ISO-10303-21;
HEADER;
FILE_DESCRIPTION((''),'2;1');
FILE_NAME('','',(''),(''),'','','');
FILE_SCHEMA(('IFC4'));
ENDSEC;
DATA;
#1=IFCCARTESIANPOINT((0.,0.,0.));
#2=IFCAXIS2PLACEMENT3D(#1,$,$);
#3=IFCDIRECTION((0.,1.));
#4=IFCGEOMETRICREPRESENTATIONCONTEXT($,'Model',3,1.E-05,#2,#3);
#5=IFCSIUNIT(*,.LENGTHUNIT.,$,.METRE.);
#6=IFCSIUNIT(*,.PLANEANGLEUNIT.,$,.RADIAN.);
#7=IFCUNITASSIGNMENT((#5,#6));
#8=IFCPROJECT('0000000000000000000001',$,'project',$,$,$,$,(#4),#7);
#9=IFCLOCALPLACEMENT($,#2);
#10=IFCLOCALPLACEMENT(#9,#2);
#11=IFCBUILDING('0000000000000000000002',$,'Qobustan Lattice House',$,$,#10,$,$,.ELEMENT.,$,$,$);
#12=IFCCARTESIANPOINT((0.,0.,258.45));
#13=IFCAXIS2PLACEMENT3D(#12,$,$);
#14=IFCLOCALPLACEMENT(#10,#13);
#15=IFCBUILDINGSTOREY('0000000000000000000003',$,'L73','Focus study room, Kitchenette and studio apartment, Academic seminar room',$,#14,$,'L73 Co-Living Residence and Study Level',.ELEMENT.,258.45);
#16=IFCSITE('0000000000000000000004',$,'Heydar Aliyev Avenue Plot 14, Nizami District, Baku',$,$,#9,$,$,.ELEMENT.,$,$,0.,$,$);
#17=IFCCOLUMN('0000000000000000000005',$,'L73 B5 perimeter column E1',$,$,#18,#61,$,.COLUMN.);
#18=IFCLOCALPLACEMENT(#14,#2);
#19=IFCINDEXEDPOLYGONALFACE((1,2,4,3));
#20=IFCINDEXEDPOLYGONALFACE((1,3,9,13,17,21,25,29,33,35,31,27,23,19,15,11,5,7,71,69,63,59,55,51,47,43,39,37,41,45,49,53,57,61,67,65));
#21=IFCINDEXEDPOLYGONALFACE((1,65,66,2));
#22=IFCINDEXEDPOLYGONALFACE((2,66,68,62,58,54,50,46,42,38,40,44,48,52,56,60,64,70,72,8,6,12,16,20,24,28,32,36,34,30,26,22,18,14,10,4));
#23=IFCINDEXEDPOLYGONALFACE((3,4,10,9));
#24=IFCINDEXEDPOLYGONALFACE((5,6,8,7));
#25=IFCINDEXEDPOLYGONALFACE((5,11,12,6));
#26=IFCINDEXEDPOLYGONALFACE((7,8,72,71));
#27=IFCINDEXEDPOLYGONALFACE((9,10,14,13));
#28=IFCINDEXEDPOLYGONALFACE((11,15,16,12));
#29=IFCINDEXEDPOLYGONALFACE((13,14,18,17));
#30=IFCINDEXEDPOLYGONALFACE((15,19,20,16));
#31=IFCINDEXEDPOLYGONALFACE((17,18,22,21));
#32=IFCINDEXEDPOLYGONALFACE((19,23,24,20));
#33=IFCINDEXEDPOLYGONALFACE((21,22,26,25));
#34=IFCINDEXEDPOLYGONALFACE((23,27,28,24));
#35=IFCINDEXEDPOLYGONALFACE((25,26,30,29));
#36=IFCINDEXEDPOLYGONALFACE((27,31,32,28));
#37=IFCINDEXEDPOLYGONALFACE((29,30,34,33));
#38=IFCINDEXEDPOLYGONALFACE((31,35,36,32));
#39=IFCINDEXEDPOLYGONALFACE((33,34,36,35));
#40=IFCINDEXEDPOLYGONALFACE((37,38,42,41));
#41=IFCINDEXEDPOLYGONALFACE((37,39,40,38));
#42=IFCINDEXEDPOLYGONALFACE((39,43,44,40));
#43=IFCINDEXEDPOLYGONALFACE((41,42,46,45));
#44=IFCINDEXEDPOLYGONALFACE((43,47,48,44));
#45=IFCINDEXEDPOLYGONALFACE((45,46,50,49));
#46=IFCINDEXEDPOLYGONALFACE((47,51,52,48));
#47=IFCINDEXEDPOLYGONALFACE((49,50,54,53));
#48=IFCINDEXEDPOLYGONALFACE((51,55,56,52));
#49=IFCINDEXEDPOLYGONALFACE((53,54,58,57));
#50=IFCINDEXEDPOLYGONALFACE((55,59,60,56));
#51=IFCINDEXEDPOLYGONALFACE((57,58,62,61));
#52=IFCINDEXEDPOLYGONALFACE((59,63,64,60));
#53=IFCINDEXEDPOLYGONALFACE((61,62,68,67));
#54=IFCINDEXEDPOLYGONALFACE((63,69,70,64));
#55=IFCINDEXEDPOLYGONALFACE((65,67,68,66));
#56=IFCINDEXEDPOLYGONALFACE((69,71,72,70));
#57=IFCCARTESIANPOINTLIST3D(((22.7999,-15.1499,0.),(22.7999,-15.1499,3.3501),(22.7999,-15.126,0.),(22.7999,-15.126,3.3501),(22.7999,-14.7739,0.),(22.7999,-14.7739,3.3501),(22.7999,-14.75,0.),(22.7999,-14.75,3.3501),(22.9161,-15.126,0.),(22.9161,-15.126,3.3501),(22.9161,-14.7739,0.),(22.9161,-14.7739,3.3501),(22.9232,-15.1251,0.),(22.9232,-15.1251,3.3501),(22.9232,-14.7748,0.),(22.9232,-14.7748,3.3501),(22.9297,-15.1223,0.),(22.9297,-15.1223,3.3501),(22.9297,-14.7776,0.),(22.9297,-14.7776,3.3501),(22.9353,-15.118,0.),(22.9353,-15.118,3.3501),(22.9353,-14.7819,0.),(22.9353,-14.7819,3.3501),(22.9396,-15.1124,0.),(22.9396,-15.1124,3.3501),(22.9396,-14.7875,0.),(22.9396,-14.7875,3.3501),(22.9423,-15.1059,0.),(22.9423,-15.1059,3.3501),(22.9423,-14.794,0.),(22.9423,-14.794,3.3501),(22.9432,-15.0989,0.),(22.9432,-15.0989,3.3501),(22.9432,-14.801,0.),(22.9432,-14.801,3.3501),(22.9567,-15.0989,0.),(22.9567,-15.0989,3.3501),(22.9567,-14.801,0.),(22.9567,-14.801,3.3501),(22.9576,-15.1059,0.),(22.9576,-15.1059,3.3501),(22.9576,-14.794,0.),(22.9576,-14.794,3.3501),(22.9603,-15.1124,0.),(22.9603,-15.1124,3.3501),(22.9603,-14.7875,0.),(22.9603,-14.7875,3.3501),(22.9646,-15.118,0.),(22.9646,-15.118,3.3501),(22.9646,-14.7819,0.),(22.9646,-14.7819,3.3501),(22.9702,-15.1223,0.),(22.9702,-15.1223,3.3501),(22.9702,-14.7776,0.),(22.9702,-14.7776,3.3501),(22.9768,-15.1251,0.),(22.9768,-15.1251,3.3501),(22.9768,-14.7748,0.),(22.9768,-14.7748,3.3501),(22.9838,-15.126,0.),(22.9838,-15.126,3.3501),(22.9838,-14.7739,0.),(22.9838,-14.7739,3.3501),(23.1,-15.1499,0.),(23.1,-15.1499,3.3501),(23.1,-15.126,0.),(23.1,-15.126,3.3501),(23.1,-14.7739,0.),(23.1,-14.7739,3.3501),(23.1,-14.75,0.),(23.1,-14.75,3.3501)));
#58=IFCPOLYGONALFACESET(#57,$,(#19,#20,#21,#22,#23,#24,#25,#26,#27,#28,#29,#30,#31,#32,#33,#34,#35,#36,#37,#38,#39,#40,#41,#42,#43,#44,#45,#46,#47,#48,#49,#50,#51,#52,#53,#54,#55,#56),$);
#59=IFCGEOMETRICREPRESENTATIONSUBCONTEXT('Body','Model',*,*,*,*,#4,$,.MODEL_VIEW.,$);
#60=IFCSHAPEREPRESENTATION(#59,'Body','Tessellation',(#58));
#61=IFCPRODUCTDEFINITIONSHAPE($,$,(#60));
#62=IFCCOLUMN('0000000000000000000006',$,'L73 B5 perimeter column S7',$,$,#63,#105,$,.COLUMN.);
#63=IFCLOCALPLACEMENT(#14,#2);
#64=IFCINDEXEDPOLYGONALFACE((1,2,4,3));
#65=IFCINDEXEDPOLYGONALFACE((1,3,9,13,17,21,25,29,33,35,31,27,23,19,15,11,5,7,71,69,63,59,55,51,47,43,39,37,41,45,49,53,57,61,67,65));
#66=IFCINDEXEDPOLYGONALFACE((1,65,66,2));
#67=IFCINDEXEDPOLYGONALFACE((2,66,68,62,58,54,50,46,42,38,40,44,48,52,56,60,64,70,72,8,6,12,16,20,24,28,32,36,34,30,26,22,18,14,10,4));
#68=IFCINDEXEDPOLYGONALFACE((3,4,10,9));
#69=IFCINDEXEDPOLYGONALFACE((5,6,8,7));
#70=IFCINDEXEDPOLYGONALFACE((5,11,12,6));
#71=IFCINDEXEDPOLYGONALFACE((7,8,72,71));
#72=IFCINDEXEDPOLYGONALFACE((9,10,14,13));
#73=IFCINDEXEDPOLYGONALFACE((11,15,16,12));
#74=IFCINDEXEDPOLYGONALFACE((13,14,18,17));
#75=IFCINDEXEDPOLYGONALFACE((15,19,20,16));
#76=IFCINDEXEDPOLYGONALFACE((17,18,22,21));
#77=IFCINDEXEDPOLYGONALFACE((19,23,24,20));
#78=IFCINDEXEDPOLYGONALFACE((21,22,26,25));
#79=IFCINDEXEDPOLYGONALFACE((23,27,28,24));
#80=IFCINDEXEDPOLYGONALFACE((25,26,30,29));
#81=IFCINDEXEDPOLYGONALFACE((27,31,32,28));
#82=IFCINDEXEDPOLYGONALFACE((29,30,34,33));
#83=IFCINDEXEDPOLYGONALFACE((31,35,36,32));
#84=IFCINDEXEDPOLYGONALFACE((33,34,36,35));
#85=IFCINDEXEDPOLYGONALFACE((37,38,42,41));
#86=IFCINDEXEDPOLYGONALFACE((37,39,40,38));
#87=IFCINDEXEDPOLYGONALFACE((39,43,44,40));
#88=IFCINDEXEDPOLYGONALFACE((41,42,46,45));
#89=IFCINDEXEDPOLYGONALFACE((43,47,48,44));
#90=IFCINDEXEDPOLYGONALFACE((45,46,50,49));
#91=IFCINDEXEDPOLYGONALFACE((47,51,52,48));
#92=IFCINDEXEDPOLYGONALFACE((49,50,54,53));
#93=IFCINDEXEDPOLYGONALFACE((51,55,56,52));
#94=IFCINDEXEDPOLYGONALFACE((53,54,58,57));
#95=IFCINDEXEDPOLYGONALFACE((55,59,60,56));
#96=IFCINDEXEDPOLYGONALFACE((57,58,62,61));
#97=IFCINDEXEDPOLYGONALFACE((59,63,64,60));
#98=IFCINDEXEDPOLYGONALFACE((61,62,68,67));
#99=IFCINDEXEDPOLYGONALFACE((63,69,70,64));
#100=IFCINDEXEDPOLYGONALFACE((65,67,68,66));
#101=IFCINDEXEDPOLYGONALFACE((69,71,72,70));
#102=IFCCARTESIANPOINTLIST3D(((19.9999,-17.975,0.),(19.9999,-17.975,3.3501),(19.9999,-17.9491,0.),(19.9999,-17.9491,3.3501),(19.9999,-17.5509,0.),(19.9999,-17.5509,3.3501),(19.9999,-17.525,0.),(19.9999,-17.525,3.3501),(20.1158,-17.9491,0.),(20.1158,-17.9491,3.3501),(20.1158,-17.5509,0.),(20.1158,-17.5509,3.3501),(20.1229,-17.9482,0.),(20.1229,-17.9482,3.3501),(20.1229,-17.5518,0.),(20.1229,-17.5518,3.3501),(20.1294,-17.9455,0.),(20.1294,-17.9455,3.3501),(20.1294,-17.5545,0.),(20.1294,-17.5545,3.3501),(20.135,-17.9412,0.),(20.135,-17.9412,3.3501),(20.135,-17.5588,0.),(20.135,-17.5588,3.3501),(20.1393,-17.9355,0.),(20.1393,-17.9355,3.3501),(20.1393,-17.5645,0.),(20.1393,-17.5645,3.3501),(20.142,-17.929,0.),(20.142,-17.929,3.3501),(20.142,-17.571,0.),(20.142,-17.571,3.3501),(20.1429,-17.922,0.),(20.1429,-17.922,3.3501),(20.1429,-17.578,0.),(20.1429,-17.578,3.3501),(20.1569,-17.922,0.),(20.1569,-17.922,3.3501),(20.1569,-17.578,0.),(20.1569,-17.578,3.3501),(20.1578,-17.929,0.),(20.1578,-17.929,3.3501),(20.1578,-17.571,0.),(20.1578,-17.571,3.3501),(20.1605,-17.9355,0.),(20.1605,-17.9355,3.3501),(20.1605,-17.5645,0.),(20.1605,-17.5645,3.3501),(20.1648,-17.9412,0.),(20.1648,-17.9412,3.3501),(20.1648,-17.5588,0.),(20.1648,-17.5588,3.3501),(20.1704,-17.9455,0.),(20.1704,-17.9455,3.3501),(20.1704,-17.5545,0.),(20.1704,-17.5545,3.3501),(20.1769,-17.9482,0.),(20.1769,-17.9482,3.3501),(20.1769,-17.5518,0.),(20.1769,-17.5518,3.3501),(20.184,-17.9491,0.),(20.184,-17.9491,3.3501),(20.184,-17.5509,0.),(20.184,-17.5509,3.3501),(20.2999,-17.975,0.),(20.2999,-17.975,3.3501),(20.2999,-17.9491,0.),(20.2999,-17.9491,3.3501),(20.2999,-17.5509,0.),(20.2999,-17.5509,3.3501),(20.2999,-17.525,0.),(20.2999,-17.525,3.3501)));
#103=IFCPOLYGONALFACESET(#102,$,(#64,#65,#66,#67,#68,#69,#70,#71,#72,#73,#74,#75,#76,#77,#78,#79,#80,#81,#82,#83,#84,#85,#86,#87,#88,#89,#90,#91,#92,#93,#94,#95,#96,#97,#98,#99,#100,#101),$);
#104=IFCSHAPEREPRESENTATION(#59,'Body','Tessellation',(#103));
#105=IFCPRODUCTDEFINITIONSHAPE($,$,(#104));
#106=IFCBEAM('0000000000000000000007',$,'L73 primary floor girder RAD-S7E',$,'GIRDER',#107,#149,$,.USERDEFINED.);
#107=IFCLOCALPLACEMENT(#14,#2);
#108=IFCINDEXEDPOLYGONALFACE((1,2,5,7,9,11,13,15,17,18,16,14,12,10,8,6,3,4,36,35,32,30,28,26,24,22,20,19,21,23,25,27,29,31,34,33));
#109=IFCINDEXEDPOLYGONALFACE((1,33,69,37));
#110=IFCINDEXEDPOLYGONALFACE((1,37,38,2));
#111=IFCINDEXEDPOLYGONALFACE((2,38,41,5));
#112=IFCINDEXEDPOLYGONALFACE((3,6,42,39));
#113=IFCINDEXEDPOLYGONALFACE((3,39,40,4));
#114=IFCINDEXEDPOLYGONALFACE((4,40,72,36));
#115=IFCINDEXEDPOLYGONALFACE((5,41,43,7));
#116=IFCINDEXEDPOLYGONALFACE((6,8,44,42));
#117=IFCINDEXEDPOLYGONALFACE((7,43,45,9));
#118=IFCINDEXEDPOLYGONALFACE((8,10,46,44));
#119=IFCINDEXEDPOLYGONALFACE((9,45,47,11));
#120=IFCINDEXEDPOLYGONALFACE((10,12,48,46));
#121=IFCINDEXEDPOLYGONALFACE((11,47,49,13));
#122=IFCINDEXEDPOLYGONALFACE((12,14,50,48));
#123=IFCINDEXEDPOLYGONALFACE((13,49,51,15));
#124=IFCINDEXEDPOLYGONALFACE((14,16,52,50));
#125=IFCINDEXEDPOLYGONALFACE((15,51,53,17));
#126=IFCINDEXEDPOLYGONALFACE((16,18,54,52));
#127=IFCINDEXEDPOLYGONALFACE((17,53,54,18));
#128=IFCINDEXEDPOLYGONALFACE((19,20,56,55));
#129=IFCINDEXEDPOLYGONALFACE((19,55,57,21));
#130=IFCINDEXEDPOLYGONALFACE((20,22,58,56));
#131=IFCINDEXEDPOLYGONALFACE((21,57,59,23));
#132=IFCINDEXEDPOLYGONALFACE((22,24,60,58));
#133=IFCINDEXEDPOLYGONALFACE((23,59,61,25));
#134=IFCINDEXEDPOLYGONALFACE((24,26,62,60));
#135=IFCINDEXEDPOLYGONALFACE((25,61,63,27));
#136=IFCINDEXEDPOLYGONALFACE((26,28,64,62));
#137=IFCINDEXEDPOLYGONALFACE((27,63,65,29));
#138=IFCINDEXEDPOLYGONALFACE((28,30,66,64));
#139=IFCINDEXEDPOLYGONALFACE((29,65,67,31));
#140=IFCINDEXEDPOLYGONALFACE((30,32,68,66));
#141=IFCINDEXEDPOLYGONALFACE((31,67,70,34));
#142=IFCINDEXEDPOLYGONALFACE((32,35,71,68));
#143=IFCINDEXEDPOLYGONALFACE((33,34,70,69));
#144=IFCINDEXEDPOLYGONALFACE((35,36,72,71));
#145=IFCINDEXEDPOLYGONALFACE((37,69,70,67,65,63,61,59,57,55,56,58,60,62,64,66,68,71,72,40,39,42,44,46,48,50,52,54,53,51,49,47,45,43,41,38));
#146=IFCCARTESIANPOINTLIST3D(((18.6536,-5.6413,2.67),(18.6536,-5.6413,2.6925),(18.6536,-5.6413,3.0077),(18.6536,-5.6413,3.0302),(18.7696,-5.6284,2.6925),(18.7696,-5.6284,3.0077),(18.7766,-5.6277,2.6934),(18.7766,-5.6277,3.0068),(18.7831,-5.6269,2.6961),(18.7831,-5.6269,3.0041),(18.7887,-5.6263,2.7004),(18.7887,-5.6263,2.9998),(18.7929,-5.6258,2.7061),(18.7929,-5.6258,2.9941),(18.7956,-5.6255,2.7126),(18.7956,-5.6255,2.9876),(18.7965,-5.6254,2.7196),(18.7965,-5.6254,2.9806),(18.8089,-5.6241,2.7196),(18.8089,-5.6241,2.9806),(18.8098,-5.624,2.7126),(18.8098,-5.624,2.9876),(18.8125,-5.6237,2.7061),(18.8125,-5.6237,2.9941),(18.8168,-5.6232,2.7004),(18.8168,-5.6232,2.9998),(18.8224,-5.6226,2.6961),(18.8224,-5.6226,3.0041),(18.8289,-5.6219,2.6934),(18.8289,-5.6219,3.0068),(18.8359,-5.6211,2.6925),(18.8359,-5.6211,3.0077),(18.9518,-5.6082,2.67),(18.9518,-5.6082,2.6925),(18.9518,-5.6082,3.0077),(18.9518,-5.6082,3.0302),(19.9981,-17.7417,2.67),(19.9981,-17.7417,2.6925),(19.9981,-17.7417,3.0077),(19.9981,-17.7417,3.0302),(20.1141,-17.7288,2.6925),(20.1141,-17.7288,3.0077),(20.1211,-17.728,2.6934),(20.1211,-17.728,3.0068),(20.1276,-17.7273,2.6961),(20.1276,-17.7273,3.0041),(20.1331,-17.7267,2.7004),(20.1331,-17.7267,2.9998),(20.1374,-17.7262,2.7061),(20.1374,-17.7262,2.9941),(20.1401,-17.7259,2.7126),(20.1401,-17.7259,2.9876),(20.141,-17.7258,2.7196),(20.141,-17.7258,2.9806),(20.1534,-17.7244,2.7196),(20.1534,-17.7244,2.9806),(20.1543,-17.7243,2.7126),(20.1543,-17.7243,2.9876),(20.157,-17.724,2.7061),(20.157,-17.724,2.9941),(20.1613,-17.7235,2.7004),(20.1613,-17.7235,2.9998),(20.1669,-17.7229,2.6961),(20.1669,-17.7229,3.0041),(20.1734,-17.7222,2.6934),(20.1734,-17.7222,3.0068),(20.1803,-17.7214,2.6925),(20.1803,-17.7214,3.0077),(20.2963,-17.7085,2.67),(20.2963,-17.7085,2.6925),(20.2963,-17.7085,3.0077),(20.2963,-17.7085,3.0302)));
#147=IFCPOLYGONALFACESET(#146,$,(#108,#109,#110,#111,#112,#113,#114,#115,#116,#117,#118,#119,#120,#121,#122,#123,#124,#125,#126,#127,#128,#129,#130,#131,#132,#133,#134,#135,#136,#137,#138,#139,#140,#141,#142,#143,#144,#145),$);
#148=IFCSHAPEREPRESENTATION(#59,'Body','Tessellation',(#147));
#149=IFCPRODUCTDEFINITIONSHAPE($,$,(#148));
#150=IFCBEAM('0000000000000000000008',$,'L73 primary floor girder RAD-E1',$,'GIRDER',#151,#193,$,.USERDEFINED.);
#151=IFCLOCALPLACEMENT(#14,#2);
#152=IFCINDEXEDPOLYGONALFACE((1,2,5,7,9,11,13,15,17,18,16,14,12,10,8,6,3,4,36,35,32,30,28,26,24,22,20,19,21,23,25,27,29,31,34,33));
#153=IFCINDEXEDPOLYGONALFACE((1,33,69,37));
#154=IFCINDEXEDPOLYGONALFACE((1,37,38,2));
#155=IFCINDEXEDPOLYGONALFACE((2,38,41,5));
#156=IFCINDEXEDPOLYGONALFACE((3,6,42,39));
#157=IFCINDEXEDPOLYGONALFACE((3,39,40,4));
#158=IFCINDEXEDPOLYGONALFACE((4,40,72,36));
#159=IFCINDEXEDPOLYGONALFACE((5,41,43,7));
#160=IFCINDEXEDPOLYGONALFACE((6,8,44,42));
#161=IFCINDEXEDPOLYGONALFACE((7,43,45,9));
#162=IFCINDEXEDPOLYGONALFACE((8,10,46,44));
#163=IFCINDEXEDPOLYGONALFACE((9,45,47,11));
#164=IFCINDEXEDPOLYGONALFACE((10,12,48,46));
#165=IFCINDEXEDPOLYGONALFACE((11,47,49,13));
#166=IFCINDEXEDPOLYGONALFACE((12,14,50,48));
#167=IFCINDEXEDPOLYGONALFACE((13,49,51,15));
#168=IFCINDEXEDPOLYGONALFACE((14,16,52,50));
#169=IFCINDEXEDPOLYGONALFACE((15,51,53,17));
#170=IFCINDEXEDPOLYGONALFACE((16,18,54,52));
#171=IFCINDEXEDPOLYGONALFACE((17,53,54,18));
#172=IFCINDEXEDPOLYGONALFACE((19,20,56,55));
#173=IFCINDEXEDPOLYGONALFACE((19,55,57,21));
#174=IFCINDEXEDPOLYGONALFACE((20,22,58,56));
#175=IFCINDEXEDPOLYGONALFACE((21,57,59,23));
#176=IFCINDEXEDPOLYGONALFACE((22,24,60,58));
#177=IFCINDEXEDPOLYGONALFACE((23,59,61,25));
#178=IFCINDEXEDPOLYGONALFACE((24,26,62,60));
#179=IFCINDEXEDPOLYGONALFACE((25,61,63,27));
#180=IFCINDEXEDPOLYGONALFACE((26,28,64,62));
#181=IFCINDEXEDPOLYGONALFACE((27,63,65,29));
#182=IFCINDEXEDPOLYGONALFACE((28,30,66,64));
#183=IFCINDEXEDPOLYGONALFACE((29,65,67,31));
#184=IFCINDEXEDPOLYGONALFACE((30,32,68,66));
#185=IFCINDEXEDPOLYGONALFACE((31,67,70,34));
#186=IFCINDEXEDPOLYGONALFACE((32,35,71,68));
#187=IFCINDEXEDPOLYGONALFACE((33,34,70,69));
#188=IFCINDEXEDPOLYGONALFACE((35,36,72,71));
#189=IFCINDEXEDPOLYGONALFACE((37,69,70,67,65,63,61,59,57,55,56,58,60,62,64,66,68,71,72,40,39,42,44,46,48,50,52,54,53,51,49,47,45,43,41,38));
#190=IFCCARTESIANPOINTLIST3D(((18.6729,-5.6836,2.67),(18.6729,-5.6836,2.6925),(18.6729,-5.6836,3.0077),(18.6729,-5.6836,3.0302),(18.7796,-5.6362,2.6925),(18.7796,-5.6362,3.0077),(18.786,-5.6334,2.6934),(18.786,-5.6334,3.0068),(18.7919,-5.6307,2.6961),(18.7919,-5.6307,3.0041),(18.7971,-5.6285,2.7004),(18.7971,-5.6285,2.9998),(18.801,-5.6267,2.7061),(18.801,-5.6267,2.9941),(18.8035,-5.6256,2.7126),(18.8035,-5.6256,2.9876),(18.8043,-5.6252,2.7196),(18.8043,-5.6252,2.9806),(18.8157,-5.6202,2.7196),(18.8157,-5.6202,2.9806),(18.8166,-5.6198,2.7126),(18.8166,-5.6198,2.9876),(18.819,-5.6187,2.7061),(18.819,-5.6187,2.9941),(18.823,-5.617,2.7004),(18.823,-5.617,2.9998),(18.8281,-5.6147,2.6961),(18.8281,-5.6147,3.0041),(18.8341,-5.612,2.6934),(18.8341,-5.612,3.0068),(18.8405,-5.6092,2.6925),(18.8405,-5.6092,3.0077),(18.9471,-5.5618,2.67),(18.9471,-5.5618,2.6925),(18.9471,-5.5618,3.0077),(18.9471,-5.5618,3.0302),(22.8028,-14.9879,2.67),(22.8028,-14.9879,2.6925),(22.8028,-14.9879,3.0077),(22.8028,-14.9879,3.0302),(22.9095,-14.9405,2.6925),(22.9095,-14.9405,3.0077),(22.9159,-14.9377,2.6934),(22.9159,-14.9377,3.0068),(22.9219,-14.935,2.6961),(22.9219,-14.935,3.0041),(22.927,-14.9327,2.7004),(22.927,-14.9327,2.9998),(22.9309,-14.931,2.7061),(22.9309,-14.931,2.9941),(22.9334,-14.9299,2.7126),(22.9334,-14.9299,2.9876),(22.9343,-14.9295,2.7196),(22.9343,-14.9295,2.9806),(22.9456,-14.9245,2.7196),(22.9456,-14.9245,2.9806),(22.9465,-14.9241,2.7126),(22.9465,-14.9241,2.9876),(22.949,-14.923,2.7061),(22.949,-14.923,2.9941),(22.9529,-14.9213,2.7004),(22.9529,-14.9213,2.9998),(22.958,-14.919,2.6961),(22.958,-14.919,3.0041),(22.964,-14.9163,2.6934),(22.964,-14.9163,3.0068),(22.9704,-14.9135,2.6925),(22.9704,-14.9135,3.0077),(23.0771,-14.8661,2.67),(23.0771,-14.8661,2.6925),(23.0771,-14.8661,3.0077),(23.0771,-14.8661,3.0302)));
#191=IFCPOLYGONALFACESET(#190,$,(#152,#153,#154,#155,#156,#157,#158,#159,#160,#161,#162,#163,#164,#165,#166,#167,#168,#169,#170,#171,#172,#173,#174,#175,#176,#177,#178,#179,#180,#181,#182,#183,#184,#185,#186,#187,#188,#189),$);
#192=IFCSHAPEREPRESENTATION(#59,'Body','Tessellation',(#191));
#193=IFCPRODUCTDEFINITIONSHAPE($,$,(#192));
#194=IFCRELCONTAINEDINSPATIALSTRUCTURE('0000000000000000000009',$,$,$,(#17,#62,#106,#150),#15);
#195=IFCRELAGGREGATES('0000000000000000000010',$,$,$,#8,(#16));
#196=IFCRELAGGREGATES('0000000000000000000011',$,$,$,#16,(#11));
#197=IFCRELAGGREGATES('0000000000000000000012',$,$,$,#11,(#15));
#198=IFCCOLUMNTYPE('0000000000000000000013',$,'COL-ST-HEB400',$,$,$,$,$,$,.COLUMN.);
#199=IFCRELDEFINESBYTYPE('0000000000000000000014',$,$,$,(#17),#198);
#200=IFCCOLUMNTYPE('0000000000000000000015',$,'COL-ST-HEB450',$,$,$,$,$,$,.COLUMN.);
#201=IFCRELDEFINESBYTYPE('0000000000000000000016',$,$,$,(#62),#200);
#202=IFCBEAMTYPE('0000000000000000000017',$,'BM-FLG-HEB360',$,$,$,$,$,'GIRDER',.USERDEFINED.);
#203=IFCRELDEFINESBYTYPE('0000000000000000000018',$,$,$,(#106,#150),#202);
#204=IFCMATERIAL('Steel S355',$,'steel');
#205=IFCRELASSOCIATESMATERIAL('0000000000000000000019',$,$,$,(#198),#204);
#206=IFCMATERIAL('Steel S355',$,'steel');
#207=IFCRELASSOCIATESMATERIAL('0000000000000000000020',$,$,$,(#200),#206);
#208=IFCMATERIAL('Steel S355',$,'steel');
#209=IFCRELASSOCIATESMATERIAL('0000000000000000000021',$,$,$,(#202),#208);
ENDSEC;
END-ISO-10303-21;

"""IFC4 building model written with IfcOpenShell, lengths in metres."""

from ifc_helpers import new_model, si_unit, direction, frame, origin, origin_2d, place, context, subcontext, project, spatial, i_section, extrude, material, material_profile, profile_set, type_object, element, save


model = new_model("IFC4")

# Units and contexts
model_context = context("Model", 3, precision=1e-05, world=origin(), true_north=direction((0.0, 1.0)))
body_context = subcontext(model_context, "Body", "Model", "MODEL_VIEW")
ifc_project = project(units=[si_unit("LENGTHUNIT", "METRE"), si_unit("PLANEANGLEUNIT", "RADIAN")], contexts=[model_context])

# Site, building, storey
site_placement = place(None, origin())
site = spatial("IfcSite", under=ifc_project, at=site_placement, Name="Heydar Aliyev Avenue Plot 14, Nizami District, Baku", CompositionType="ELEMENT", RefElevation=0.0)
building_placement = place(site_placement, origin())
building = spatial("IfcBuilding", under=site, at=building_placement, Name="Qobustan Lattice House", CompositionType="ELEMENT")
storey_placement = place(building_placement, frame((0.0, 0.0, 258.45)))
storey = spatial("IfcBuildingStorey", under=building, at=storey_placement, Name="L73", Description="Focus study room, Kitchenette and studio apartment, Academic seminar room", LongName="L73 Co-Living Residence and Study Level", CompositionType="ELEMENT", Elevation=258.45)

# Columns
ifc_material_1 = material(Name="Steel S355", Category="steel")
ifc_material_profile_1 = material_profile(ifc_material_1, i_section(OverallWidth=0.3, OverallDepth=0.3999, WebThickness=0.0134, FlangeThickness=0.0239, FilletRadius=0.0271, at=origin_2d()), Name="HEB400")
ifc_profile_set_1 = profile_set([ifc_material_profile_1], Name="Steel S355")
column_type_1 = type_object("IfcColumnType", Name="COL-ST-HEB400", PredefinedType="COLUMN", material=ifc_profile_set_1)
column_1_placement = place(storey_placement, frame((22.95, -14.95, 0.0), z_axis=(0.0, 0.0, 1.0), x_axis=(1.0, 0.0, 0.0)))
element("IfcColumn", 1, at=column_1_placement, inside=storey, type_object=column_type_1, Name="L73 B5 perimeter column E1", PredefinedType="COLUMN", context=body_context, shape_type="SweptSolid", body=[
    extrude(i_section(OverallWidth=0.3, OverallDepth=0.3999, WebThickness=0.0134, FlangeThickness=0.0239, FilletRadius=0.0271, at=origin_2d()), origin(), (0.0, 0.0, 1.0), 3.3501),
])
ifc_material_2 = material(Name="Steel S355", Category="steel")
ifc_material_profile_2 = material_profile(ifc_material_2, i_section(OverallWidth=0.3, OverallDepth=0.45, WebThickness=0.0139, FlangeThickness=0.0259, FilletRadius=0.0271, at=origin_2d()), Name="HEB450")
ifc_profile_set_2 = profile_set([ifc_material_profile_2], Name="Steel S355")
column_type_2 = type_object("IfcColumnType", Name="COL-ST-HEB450", PredefinedType="COLUMN", material=ifc_profile_set_2)
column_2_placement = place(storey_placement, frame((20.1499, -17.75, 0.0), z_axis=(0.0, 0.0, 1.0), x_axis=(1.0, 0.0, 0.0)))
element("IfcColumn", 2, at=column_2_placement, inside=storey, type_object=column_type_2, Name="L73 B5 perimeter column S7", PredefinedType="COLUMN", context=body_context, shape_type="SweptSolid", body=[
    extrude(i_section(OverallWidth=0.3, OverallDepth=0.45, WebThickness=0.0139, FlangeThickness=0.0259, FilletRadius=0.0271, at=origin_2d()), origin(), (0.0, 0.0, 1.0), 3.3501),
])

# Beams
ifc_material_3 = material(Name="Steel S355", Category="steel")
ifc_material_profile_3 = material_profile(ifc_material_3, i_section(OverallWidth=0.3, OverallDepth=0.3601, WebThickness=0.0125, FlangeThickness=0.0225, FilletRadius=0.0271, at=origin_2d()), Name="HEB360")
ifc_profile_set_3 = profile_set([ifc_material_profile_3], Name="Steel S355")
beam_type_1 = type_object("IfcBeamType", Name="BM-FLG-HEB360", ElementType="GIRDER", PredefinedType="USERDEFINED", material=ifc_profile_set_3)
beam_1_placement = place(storey_placement, frame((20.1472, -17.7251, 2.8501), z_axis=(-0.110432, 0.993884, 0.0), x_axis=(-0.993884, -0.110432, 0.0)))
element("IfcBeam", 3, at=beam_1_placement, inside=storey, type_object=beam_type_1, Name="L73 primary floor girder RAD-S7E", ObjectType="GIRDER", PredefinedType="USERDEFINED", context=body_context, shape_type="SweptSolid", body=[
    extrude(i_section(OverallWidth=0.3, OverallDepth=0.3601, WebThickness=0.0125, FlangeThickness=0.0225, FilletRadius=0.0271, at=origin_2d()), origin(), (0.0, 0.0, 1.0), 12.1748),
])
beam_2_placement = place(storey_placement, frame((22.9399, -14.927, 2.8501), z_axis=(-0.405702, 0.914005, 0.0), x_axis=(-0.914005, -0.405702, 0.0)))
element("IfcBeam", 4, at=beam_2_placement, inside=storey, type_object=beam_type_1, Name="L73 primary floor girder RAD-E1", ObjectType="GIRDER", PredefinedType="USERDEFINED", context=body_context, shape_type="SweptSolid", body=[
    extrude(i_section(OverallWidth=0.3, OverallDepth=0.3601, WebThickness=0.0125, FlangeThickness=0.0225, FilletRadius=0.0271, at=origin_2d()), origin(), (0.0, 0.0, 1.0), 10.1797),
])

save(model, "model.ifc")
